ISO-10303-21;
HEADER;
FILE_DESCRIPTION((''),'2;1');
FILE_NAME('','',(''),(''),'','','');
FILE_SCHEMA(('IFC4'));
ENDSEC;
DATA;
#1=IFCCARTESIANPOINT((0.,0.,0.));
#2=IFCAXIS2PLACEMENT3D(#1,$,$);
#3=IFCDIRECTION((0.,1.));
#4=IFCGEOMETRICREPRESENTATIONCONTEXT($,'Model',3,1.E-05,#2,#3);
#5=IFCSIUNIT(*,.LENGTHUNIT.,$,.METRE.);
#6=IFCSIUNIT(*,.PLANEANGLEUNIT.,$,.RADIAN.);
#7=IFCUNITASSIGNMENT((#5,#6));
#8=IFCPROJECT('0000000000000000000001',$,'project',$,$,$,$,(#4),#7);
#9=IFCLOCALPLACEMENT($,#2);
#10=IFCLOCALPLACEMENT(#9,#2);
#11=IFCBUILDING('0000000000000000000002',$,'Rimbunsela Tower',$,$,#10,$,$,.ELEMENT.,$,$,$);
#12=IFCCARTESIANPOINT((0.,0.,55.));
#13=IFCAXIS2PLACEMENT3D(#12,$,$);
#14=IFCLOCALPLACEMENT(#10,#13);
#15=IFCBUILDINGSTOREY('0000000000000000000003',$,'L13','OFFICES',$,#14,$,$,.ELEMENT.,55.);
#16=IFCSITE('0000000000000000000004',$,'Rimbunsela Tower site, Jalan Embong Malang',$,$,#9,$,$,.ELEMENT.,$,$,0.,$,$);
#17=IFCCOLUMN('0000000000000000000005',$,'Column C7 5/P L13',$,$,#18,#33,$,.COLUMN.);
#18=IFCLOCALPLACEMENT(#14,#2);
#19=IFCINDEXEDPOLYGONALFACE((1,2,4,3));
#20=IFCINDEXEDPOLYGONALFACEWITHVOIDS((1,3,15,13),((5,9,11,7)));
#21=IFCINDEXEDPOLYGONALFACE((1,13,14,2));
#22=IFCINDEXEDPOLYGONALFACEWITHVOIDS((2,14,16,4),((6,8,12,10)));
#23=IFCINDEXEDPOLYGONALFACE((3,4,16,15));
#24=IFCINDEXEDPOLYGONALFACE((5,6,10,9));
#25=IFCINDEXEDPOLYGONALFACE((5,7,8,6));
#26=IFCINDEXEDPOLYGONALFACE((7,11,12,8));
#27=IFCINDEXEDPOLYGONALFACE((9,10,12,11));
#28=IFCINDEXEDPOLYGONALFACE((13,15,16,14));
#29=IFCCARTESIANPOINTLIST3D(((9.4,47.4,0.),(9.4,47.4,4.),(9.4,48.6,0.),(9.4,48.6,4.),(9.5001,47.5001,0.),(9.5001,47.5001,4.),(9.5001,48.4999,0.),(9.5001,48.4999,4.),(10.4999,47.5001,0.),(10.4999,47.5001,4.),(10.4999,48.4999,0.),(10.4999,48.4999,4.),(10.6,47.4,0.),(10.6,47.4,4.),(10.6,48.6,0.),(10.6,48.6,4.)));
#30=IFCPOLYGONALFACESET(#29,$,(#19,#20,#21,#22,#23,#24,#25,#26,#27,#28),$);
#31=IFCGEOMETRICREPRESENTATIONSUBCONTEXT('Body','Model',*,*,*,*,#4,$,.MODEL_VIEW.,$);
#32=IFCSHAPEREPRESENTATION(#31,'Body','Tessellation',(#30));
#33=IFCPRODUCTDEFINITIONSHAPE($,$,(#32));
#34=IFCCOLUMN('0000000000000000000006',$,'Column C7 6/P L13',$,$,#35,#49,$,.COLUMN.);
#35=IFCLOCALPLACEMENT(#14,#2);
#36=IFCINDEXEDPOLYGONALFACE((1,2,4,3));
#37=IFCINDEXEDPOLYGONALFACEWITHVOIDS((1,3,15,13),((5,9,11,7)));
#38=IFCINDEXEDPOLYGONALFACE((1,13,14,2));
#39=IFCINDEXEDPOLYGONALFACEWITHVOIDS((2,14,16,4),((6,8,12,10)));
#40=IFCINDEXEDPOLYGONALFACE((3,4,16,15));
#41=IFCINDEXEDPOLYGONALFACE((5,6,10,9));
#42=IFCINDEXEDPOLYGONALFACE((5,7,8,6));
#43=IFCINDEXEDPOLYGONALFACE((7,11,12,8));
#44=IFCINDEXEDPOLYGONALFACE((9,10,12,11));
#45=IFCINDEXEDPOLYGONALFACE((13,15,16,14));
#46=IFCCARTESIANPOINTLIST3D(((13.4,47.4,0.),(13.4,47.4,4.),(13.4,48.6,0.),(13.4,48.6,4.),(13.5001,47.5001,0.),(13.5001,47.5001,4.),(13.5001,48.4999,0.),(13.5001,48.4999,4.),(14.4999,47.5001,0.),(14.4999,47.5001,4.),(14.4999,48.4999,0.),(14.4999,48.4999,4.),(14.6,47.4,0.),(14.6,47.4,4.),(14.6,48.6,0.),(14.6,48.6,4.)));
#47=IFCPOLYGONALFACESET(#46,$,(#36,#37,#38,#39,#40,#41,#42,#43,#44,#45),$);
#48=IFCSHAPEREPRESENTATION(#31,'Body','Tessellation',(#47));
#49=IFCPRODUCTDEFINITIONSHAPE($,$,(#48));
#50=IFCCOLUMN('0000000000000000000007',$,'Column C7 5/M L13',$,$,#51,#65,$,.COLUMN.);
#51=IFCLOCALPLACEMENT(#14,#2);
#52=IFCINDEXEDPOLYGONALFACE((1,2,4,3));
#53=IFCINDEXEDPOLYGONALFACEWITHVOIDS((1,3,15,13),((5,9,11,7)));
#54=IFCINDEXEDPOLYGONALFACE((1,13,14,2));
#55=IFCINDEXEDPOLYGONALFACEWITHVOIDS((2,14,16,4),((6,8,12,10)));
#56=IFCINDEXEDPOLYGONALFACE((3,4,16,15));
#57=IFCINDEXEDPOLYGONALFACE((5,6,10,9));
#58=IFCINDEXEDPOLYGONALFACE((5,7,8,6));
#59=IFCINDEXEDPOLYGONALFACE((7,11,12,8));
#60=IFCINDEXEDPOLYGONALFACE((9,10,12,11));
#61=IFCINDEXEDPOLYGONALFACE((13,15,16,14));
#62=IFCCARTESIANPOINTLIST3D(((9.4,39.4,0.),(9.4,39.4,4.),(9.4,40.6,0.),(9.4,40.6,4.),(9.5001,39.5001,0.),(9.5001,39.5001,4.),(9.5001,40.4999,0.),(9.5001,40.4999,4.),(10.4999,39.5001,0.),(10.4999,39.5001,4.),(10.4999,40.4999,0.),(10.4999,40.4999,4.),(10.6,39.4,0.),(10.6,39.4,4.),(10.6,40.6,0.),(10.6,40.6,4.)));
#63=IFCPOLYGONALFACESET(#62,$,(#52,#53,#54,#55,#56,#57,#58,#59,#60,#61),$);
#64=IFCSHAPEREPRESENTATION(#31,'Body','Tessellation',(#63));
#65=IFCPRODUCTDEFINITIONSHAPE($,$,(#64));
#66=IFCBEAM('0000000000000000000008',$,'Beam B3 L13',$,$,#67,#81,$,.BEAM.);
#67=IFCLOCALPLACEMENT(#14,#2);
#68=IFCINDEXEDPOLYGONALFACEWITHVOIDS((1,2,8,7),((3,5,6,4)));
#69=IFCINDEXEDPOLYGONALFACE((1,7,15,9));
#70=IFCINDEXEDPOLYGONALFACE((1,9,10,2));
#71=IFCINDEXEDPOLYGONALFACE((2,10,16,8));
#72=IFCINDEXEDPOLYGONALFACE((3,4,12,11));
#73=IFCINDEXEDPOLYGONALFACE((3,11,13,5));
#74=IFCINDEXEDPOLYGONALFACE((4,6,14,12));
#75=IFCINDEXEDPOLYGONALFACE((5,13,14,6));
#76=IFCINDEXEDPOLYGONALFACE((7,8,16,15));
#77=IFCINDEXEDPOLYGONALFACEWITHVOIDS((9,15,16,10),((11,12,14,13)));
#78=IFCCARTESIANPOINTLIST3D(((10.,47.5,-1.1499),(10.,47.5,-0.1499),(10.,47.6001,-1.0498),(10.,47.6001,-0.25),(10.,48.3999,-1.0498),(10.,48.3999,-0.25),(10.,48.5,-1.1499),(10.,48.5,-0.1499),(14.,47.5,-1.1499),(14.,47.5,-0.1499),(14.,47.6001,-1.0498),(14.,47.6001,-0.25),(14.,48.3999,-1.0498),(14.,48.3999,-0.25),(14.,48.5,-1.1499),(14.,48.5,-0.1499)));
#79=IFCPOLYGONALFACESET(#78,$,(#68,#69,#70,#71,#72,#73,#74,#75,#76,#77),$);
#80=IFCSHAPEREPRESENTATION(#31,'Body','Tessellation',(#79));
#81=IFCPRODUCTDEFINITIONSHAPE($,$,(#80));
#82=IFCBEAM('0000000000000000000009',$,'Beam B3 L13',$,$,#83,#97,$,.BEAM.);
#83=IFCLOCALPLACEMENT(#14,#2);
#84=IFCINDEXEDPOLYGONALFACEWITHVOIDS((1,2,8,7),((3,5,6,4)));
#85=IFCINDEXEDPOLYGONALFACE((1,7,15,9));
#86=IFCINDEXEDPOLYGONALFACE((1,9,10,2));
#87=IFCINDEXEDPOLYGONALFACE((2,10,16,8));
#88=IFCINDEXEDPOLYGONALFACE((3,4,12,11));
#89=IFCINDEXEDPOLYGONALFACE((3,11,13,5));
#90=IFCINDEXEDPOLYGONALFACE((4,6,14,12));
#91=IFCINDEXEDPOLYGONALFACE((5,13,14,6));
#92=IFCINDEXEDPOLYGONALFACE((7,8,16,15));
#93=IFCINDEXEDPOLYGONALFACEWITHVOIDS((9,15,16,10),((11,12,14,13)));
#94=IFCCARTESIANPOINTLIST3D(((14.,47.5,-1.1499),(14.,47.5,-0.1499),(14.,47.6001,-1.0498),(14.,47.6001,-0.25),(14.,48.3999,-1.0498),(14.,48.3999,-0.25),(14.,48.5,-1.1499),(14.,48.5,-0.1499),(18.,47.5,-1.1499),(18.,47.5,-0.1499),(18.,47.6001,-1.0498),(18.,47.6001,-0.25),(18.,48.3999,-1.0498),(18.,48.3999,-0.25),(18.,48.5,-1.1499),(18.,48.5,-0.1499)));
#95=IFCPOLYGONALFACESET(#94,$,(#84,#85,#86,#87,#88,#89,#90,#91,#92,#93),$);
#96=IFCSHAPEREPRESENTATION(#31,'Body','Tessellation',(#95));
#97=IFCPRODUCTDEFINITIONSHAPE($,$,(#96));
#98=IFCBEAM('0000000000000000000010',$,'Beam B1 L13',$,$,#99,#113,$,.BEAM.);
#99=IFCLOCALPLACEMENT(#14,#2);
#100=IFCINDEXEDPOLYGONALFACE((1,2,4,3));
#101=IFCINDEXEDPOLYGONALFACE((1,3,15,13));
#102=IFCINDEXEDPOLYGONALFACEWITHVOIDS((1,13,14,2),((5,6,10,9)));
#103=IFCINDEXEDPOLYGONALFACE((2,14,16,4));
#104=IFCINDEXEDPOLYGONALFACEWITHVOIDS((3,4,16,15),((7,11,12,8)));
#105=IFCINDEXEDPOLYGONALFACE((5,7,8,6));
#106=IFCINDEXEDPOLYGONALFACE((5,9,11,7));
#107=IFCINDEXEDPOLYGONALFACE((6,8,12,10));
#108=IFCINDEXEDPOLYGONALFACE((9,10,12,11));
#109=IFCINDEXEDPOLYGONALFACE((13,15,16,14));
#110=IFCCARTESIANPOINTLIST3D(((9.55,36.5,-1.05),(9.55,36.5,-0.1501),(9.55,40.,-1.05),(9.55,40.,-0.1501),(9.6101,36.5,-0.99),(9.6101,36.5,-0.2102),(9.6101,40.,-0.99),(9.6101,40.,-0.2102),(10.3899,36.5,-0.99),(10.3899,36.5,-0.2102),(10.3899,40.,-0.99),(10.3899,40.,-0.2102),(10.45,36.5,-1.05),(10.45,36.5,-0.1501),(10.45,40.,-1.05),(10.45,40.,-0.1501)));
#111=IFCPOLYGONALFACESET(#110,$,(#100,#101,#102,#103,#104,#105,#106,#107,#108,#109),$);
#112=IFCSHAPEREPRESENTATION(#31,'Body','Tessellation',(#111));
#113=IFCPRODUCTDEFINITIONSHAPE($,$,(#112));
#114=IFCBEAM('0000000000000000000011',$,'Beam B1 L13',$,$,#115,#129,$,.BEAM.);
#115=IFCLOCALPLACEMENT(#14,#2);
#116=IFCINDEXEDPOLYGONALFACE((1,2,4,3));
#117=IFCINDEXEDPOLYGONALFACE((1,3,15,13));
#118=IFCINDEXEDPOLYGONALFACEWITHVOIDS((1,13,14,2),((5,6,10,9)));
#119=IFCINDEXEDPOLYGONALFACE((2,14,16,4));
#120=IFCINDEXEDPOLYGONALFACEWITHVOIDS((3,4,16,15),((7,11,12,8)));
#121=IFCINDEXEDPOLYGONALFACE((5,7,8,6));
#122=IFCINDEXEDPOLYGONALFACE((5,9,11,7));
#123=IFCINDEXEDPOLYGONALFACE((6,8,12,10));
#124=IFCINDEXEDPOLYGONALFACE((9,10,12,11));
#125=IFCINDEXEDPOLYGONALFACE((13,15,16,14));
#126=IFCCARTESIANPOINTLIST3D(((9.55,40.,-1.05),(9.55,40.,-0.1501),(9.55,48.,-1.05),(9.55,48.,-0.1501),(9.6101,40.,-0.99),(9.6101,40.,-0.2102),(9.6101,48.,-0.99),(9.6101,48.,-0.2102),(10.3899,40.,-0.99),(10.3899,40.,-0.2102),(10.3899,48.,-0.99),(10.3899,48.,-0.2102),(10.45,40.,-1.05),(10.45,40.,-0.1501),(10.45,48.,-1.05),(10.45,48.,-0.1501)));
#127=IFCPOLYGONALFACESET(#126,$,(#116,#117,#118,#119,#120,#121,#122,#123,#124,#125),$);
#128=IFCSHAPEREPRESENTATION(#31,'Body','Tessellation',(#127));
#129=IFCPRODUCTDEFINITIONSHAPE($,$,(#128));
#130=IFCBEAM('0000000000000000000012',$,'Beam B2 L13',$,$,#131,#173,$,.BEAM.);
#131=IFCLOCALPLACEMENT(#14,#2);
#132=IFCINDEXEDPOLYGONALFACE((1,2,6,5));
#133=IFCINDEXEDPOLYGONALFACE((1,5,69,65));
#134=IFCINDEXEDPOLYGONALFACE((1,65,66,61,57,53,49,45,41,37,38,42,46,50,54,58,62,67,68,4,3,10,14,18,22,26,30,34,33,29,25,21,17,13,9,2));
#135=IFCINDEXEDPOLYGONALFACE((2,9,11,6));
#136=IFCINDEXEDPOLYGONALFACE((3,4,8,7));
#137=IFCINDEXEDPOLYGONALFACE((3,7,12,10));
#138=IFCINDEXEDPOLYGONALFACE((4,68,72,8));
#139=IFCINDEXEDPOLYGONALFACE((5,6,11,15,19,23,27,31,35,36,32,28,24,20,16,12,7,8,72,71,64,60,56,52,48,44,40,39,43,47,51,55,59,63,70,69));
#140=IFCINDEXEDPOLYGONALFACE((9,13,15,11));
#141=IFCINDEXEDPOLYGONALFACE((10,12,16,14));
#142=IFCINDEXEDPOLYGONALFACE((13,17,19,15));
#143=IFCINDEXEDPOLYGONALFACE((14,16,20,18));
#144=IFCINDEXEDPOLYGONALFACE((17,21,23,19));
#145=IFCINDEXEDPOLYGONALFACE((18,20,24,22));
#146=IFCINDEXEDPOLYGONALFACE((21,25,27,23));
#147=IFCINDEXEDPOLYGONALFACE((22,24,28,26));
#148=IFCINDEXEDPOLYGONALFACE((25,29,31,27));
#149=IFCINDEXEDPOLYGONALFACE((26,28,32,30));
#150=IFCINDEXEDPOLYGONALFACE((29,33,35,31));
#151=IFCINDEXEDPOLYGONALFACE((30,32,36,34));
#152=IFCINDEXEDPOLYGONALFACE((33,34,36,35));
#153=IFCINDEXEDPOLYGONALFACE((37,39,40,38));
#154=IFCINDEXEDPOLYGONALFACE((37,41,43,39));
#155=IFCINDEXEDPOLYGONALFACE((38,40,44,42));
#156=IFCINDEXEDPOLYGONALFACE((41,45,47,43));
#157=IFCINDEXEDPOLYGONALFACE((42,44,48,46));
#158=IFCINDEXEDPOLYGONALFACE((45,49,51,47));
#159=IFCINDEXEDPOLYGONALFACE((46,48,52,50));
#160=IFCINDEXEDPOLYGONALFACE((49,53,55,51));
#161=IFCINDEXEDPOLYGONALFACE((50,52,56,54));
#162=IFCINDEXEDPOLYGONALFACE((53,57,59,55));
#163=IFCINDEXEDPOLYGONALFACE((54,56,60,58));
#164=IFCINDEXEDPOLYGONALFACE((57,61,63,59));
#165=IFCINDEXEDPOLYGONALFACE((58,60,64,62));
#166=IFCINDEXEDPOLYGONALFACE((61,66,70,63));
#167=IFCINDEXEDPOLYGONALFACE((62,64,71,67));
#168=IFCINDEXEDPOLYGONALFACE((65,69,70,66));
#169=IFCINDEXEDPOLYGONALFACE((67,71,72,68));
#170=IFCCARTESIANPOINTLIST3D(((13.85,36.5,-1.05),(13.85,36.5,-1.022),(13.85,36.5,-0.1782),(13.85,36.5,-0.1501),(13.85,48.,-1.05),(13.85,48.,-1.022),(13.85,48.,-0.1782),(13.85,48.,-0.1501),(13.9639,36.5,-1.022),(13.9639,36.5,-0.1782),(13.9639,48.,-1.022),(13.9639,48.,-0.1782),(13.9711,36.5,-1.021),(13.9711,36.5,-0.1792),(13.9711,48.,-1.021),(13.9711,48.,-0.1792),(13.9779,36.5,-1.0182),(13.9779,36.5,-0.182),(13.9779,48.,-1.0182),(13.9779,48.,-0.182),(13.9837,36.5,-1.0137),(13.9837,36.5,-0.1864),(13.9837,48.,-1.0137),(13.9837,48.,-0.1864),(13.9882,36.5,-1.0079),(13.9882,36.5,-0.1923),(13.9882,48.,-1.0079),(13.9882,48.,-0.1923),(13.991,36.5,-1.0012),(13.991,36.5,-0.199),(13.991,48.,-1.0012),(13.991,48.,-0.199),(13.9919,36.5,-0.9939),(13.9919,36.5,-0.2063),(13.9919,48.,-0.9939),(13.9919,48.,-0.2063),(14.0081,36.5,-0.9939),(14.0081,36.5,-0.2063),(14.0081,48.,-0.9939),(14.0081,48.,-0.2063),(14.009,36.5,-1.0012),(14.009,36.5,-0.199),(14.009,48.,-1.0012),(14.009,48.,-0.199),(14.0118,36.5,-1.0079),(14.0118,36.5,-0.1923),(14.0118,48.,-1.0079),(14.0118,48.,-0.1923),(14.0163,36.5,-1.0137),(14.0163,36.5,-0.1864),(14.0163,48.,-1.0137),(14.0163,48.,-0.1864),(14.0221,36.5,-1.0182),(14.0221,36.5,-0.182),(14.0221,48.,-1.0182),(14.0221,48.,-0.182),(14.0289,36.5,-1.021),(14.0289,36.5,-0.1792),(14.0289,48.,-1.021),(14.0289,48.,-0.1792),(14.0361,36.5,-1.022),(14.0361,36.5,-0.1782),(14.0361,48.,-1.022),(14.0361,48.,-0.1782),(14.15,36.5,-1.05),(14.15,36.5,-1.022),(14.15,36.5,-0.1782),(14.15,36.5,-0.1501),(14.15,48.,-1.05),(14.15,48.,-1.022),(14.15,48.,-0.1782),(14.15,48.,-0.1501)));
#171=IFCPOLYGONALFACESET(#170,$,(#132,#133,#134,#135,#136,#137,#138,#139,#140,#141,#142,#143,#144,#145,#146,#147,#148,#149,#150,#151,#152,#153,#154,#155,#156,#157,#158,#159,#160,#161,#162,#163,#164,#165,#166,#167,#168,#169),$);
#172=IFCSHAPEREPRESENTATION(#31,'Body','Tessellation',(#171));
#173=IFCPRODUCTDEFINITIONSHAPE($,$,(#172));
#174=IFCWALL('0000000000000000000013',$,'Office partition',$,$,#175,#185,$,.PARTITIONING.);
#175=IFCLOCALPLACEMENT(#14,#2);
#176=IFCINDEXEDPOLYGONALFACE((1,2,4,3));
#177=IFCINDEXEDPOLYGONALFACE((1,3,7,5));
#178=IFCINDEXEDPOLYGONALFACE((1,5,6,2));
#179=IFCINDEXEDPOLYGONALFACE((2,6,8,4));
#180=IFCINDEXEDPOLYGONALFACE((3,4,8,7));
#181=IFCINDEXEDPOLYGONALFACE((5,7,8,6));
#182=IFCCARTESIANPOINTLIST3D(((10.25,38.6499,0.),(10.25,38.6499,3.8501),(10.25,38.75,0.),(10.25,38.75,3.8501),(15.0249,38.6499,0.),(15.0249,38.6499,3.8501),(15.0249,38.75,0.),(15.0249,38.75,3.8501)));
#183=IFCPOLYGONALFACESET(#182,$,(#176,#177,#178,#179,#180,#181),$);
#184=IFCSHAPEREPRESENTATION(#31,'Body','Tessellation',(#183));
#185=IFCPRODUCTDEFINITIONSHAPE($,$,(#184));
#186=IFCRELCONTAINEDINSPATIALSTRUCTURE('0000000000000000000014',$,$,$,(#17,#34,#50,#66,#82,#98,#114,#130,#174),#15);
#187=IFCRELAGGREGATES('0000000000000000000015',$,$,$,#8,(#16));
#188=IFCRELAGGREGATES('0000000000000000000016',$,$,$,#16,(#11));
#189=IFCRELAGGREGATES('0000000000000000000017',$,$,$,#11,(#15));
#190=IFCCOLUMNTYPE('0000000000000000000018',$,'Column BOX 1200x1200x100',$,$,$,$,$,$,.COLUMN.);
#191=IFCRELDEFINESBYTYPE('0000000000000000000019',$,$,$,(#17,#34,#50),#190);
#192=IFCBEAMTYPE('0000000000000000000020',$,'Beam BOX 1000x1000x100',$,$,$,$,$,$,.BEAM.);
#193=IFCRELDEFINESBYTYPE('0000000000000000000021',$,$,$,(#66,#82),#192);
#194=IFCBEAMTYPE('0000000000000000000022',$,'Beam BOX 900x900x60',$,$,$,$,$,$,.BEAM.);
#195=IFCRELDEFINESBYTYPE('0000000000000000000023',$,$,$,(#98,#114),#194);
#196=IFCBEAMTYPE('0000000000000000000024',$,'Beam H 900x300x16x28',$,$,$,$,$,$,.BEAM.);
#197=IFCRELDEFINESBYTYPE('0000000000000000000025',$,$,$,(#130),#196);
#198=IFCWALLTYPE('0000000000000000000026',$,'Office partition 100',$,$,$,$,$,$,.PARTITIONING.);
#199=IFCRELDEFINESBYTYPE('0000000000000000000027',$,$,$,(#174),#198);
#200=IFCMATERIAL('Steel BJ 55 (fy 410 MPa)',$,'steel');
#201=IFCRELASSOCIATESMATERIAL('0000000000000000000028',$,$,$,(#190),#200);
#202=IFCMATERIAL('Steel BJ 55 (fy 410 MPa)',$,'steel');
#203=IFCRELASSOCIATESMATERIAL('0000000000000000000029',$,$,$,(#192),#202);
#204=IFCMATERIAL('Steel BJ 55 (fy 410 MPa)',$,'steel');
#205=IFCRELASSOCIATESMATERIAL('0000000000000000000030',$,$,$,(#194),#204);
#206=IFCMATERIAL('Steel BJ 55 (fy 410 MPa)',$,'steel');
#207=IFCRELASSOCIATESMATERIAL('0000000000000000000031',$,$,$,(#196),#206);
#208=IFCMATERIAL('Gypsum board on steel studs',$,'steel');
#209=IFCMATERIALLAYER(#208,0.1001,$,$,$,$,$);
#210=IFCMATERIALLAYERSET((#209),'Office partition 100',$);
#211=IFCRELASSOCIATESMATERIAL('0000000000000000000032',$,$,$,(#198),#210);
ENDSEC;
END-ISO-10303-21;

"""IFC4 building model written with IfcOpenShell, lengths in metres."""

from ifc_helpers import new_model, si_unit, direction, frame, frame_2d, origin, origin_2d, place, context, subcontext, project, spatial, rectangle, hollow_rectangle, i_section, extrude, material, layer, layer_set, material_profile, profile_set, type_object, element, save


model = new_model("IFC4")

# Units and contexts
model_context = context("Model", 3, precision=1e-05, world=origin(), true_north=direction((0.0, 1.0)))
body_context = subcontext(model_context, "Body", "Model", "MODEL_VIEW")
ifc_project = project(units=[si_unit("LENGTHUNIT", "METRE"), si_unit("PLANEANGLEUNIT", "RADIAN")], contexts=[model_context])

# Site, building, storey
site_placement = place(None, origin())
site = spatial("IfcSite", under=ifc_project, at=site_placement, Name="Rimbunsela Tower site, Jalan Embong Malang", CompositionType="ELEMENT", RefElevation=0.0)
building_placement = place(site_placement, origin())
building = spatial("IfcBuilding", under=site, at=building_placement, Name="Rimbunsela Tower", CompositionType="ELEMENT")
storey_placement = place(building_placement, frame((0.0, 0.0, 55.0)))
storey = spatial("IfcBuildingStorey", under=building, at=storey_placement, Name="L13", Description="OFFICES", CompositionType="ELEMENT", Elevation=55.0)

# Columns
ifc_material_1 = material(Name="Steel BJ 55 (fy 410 MPa)", Category="steel")
ifc_material_profile_1 = material_profile(ifc_material_1, hollow_rectangle(XDim=1.2, YDim=1.2, WallThickness=0.1001, at=origin_2d()), Name="BOX 1200x1200x100")
ifc_profile_set_1 = profile_set([ifc_material_profile_1], Name="Steel BJ 55 (fy 410 MPa)")
column_type = type_object("IfcColumnType", Name="Column BOX 1200x1200x100", PredefinedType="COLUMN", material=ifc_profile_set_1)
for number, where, z_axis, x_axis, name in (
    (1, (10.0, 48.0, 0.0), (0.0, 0.0, 1.0), (1.0, 0.0, 0.0), "Column C7 5/P L13"),
    (2, (14.0, 48.0, 0.0), (0.0, 0.0, 1.0), (1.0, 0.0, 0.0), "Column C7 6/P L13"),
    (3, (10.0, 40.0, 0.0), (0.0, 0.0, 1.0), (1.0, 0.0, 0.0), "Column C7 5/M L13"),
):
    element("IfcColumn", number, at=place(storey_placement, frame(where, z_axis=z_axis, x_axis=x_axis)), inside=storey, type_object=column_type, Name=name, PredefinedType="COLUMN", context=body_context, shape_type="SweptSolid", body=[
        extrude(hollow_rectangle(XDim=1.2, YDim=1.2, WallThickness=0.1001, at=origin_2d()), origin(), (0.0, 0.0, 1.0), 4.0),
    ])

# Beams
ifc_material_2 = material(Name="Steel BJ 55 (fy 410 MPa)", Category="steel")
ifc_material_profile_2 = material_profile(ifc_material_2, hollow_rectangle(XDim=1.0, YDim=1.0, WallThickness=0.1001, at=origin_2d()), Name="BOX 1000x1000x100")
ifc_profile_set_2 = profile_set([ifc_material_profile_2], Name="Steel BJ 55 (fy 410 MPa)")
beam_type_1 = type_object("IfcBeamType", Name="Beam BOX 1000x1000x100", PredefinedType="BEAM", material=ifc_profile_set_2)
for number, where, z_axis, x_axis, name in (
    (4, (10.0, 48.0, -0.6499), (1.0, 0.0, 0.0), (0.0, 1.0, 0.0), "Beam B3 L13"),
    (5, (14.0, 48.0, -0.6499), (1.0, 0.0, 0.0), (0.0, 1.0, 0.0), "Beam B3 L13"),
):
    element("IfcBeam", number, at=place(storey_placement, frame(where, z_axis=z_axis, x_axis=x_axis)), inside=storey, type_object=beam_type_1, Name=name, PredefinedType="BEAM", context=body_context, shape_type="SweptSolid", body=[
        extrude(hollow_rectangle(XDim=1.0, YDim=1.0, WallThickness=0.1001, at=origin_2d()), origin(), (0.0, 0.0, 1.0), 4.0),
    ])
ifc_material_3 = material(Name="Steel BJ 55 (fy 410 MPa)", Category="steel")
ifc_material_profile_3 = material_profile(ifc_material_3, hollow_rectangle(XDim=0.8999, YDim=0.8999, WallThickness=0.0601, at=origin_2d()), Name="BOX 900x900x60")
ifc_profile_set_3 = profile_set([ifc_material_profile_3], Name="Steel BJ 55 (fy 410 MPa)")
beam_type_2 = type_object("IfcBeamType", Name="Beam BOX 900x900x60", PredefinedType="BEAM", material=ifc_profile_set_3)
beam_1_placement = place(storey_placement, frame((10.0, 36.5, -0.6001), z_axis=(0.0, 1.0, 0.0), x_axis=(-1.0, 0.0, 0.0)))
element("IfcBeam", 6, at=beam_1_placement, inside=storey, type_object=beam_type_2, Name="Beam B1 L13", PredefinedType="BEAM", context=body_context, shape_type="SweptSolid", body=[
    extrude(hollow_rectangle(XDim=0.8999, YDim=0.8999, WallThickness=0.0601, at=origin_2d()), origin(), (0.0, 0.0, 1.0), 3.5),
])
beam_2_placement = place(storey_placement, frame((10.0, 40.0, -0.6001), z_axis=(0.0, 1.0, 0.0), x_axis=(-1.0, 0.0, 0.0)))
element("IfcBeam", 7, at=beam_2_placement, inside=storey, type_object=beam_type_2, Name="Beam B1 L13", PredefinedType="BEAM", context=body_context, shape_type="SweptSolid", body=[
    extrude(hollow_rectangle(XDim=0.8999, YDim=0.8999, WallThickness=0.0601, at=origin_2d()), origin(), (0.0, 0.0, 1.0), 8.0),
])
ifc_material_4 = material(Name="Steel BJ 55 (fy 410 MPa)", Category="steel")
ifc_material_profile_4 = material_profile(ifc_material_4, i_section(OverallWidth=0.3, OverallDepth=0.8999, WebThickness=0.0161, FlangeThickness=0.0281, FilletRadius=0.0281, at=origin_2d()), Name="H 900x300x16x28")
ifc_profile_set_4 = profile_set([ifc_material_profile_4], Name="Steel BJ 55 (fy 410 MPa)")
beam_type_3 = type_object("IfcBeamType", Name="Beam H 900x300x16x28", PredefinedType="BEAM", material=ifc_profile_set_4)
beam_3_placement = place(storey_placement, frame((14.0, 36.5, -0.6001), z_axis=(0.0, 1.0, 0.0), x_axis=(-1.0, 0.0, 0.0)))
element("IfcBeam", 8, at=beam_3_placement, inside=storey, type_object=beam_type_3, Name="Beam B2 L13", PredefinedType="BEAM", context=body_context, shape_type="SweptSolid", body=[
    extrude(i_section(OverallWidth=0.3, OverallDepth=0.8999, WebThickness=0.0161, FlangeThickness=0.0281, FilletRadius=0.0281, at=origin_2d()), origin(), (0.0, 0.0, 1.0), 11.5),
])

# Wall
ifc_material_5 = material(Name="Gypsum board on steel studs", Category="steel")
ifc_layer_1 = layer(ifc_material_5, 0.1001)
ifc_layer_set_1 = layer_set([ifc_layer_1], Name="Office partition 100")
wall_type_1 = type_object("IfcWallType", Name="Office partition 100", PredefinedType="PARTITIONING", material=ifc_layer_set_1)
wall_1_placement = place(storey_placement, frame((10.25, 38.7, 0.0), z_axis=(0.0, 0.0, 1.0), x_axis=(1.0, 0.0, 0.0)))
element("IfcWall", 9, at=wall_1_placement, inside=storey, type_object=wall_type_1, Name="Office partition", PredefinedType="PARTITIONING", context=body_context, shape_type="SweptSolid", body=[
    extrude(rectangle(XDim=4.7749, YDim=0.1001, at=frame_2d((2.3875, 0.0))), origin(), (0.0, 0.0, 1.0), 3.8501),
])

save(model, "model.ifc")
